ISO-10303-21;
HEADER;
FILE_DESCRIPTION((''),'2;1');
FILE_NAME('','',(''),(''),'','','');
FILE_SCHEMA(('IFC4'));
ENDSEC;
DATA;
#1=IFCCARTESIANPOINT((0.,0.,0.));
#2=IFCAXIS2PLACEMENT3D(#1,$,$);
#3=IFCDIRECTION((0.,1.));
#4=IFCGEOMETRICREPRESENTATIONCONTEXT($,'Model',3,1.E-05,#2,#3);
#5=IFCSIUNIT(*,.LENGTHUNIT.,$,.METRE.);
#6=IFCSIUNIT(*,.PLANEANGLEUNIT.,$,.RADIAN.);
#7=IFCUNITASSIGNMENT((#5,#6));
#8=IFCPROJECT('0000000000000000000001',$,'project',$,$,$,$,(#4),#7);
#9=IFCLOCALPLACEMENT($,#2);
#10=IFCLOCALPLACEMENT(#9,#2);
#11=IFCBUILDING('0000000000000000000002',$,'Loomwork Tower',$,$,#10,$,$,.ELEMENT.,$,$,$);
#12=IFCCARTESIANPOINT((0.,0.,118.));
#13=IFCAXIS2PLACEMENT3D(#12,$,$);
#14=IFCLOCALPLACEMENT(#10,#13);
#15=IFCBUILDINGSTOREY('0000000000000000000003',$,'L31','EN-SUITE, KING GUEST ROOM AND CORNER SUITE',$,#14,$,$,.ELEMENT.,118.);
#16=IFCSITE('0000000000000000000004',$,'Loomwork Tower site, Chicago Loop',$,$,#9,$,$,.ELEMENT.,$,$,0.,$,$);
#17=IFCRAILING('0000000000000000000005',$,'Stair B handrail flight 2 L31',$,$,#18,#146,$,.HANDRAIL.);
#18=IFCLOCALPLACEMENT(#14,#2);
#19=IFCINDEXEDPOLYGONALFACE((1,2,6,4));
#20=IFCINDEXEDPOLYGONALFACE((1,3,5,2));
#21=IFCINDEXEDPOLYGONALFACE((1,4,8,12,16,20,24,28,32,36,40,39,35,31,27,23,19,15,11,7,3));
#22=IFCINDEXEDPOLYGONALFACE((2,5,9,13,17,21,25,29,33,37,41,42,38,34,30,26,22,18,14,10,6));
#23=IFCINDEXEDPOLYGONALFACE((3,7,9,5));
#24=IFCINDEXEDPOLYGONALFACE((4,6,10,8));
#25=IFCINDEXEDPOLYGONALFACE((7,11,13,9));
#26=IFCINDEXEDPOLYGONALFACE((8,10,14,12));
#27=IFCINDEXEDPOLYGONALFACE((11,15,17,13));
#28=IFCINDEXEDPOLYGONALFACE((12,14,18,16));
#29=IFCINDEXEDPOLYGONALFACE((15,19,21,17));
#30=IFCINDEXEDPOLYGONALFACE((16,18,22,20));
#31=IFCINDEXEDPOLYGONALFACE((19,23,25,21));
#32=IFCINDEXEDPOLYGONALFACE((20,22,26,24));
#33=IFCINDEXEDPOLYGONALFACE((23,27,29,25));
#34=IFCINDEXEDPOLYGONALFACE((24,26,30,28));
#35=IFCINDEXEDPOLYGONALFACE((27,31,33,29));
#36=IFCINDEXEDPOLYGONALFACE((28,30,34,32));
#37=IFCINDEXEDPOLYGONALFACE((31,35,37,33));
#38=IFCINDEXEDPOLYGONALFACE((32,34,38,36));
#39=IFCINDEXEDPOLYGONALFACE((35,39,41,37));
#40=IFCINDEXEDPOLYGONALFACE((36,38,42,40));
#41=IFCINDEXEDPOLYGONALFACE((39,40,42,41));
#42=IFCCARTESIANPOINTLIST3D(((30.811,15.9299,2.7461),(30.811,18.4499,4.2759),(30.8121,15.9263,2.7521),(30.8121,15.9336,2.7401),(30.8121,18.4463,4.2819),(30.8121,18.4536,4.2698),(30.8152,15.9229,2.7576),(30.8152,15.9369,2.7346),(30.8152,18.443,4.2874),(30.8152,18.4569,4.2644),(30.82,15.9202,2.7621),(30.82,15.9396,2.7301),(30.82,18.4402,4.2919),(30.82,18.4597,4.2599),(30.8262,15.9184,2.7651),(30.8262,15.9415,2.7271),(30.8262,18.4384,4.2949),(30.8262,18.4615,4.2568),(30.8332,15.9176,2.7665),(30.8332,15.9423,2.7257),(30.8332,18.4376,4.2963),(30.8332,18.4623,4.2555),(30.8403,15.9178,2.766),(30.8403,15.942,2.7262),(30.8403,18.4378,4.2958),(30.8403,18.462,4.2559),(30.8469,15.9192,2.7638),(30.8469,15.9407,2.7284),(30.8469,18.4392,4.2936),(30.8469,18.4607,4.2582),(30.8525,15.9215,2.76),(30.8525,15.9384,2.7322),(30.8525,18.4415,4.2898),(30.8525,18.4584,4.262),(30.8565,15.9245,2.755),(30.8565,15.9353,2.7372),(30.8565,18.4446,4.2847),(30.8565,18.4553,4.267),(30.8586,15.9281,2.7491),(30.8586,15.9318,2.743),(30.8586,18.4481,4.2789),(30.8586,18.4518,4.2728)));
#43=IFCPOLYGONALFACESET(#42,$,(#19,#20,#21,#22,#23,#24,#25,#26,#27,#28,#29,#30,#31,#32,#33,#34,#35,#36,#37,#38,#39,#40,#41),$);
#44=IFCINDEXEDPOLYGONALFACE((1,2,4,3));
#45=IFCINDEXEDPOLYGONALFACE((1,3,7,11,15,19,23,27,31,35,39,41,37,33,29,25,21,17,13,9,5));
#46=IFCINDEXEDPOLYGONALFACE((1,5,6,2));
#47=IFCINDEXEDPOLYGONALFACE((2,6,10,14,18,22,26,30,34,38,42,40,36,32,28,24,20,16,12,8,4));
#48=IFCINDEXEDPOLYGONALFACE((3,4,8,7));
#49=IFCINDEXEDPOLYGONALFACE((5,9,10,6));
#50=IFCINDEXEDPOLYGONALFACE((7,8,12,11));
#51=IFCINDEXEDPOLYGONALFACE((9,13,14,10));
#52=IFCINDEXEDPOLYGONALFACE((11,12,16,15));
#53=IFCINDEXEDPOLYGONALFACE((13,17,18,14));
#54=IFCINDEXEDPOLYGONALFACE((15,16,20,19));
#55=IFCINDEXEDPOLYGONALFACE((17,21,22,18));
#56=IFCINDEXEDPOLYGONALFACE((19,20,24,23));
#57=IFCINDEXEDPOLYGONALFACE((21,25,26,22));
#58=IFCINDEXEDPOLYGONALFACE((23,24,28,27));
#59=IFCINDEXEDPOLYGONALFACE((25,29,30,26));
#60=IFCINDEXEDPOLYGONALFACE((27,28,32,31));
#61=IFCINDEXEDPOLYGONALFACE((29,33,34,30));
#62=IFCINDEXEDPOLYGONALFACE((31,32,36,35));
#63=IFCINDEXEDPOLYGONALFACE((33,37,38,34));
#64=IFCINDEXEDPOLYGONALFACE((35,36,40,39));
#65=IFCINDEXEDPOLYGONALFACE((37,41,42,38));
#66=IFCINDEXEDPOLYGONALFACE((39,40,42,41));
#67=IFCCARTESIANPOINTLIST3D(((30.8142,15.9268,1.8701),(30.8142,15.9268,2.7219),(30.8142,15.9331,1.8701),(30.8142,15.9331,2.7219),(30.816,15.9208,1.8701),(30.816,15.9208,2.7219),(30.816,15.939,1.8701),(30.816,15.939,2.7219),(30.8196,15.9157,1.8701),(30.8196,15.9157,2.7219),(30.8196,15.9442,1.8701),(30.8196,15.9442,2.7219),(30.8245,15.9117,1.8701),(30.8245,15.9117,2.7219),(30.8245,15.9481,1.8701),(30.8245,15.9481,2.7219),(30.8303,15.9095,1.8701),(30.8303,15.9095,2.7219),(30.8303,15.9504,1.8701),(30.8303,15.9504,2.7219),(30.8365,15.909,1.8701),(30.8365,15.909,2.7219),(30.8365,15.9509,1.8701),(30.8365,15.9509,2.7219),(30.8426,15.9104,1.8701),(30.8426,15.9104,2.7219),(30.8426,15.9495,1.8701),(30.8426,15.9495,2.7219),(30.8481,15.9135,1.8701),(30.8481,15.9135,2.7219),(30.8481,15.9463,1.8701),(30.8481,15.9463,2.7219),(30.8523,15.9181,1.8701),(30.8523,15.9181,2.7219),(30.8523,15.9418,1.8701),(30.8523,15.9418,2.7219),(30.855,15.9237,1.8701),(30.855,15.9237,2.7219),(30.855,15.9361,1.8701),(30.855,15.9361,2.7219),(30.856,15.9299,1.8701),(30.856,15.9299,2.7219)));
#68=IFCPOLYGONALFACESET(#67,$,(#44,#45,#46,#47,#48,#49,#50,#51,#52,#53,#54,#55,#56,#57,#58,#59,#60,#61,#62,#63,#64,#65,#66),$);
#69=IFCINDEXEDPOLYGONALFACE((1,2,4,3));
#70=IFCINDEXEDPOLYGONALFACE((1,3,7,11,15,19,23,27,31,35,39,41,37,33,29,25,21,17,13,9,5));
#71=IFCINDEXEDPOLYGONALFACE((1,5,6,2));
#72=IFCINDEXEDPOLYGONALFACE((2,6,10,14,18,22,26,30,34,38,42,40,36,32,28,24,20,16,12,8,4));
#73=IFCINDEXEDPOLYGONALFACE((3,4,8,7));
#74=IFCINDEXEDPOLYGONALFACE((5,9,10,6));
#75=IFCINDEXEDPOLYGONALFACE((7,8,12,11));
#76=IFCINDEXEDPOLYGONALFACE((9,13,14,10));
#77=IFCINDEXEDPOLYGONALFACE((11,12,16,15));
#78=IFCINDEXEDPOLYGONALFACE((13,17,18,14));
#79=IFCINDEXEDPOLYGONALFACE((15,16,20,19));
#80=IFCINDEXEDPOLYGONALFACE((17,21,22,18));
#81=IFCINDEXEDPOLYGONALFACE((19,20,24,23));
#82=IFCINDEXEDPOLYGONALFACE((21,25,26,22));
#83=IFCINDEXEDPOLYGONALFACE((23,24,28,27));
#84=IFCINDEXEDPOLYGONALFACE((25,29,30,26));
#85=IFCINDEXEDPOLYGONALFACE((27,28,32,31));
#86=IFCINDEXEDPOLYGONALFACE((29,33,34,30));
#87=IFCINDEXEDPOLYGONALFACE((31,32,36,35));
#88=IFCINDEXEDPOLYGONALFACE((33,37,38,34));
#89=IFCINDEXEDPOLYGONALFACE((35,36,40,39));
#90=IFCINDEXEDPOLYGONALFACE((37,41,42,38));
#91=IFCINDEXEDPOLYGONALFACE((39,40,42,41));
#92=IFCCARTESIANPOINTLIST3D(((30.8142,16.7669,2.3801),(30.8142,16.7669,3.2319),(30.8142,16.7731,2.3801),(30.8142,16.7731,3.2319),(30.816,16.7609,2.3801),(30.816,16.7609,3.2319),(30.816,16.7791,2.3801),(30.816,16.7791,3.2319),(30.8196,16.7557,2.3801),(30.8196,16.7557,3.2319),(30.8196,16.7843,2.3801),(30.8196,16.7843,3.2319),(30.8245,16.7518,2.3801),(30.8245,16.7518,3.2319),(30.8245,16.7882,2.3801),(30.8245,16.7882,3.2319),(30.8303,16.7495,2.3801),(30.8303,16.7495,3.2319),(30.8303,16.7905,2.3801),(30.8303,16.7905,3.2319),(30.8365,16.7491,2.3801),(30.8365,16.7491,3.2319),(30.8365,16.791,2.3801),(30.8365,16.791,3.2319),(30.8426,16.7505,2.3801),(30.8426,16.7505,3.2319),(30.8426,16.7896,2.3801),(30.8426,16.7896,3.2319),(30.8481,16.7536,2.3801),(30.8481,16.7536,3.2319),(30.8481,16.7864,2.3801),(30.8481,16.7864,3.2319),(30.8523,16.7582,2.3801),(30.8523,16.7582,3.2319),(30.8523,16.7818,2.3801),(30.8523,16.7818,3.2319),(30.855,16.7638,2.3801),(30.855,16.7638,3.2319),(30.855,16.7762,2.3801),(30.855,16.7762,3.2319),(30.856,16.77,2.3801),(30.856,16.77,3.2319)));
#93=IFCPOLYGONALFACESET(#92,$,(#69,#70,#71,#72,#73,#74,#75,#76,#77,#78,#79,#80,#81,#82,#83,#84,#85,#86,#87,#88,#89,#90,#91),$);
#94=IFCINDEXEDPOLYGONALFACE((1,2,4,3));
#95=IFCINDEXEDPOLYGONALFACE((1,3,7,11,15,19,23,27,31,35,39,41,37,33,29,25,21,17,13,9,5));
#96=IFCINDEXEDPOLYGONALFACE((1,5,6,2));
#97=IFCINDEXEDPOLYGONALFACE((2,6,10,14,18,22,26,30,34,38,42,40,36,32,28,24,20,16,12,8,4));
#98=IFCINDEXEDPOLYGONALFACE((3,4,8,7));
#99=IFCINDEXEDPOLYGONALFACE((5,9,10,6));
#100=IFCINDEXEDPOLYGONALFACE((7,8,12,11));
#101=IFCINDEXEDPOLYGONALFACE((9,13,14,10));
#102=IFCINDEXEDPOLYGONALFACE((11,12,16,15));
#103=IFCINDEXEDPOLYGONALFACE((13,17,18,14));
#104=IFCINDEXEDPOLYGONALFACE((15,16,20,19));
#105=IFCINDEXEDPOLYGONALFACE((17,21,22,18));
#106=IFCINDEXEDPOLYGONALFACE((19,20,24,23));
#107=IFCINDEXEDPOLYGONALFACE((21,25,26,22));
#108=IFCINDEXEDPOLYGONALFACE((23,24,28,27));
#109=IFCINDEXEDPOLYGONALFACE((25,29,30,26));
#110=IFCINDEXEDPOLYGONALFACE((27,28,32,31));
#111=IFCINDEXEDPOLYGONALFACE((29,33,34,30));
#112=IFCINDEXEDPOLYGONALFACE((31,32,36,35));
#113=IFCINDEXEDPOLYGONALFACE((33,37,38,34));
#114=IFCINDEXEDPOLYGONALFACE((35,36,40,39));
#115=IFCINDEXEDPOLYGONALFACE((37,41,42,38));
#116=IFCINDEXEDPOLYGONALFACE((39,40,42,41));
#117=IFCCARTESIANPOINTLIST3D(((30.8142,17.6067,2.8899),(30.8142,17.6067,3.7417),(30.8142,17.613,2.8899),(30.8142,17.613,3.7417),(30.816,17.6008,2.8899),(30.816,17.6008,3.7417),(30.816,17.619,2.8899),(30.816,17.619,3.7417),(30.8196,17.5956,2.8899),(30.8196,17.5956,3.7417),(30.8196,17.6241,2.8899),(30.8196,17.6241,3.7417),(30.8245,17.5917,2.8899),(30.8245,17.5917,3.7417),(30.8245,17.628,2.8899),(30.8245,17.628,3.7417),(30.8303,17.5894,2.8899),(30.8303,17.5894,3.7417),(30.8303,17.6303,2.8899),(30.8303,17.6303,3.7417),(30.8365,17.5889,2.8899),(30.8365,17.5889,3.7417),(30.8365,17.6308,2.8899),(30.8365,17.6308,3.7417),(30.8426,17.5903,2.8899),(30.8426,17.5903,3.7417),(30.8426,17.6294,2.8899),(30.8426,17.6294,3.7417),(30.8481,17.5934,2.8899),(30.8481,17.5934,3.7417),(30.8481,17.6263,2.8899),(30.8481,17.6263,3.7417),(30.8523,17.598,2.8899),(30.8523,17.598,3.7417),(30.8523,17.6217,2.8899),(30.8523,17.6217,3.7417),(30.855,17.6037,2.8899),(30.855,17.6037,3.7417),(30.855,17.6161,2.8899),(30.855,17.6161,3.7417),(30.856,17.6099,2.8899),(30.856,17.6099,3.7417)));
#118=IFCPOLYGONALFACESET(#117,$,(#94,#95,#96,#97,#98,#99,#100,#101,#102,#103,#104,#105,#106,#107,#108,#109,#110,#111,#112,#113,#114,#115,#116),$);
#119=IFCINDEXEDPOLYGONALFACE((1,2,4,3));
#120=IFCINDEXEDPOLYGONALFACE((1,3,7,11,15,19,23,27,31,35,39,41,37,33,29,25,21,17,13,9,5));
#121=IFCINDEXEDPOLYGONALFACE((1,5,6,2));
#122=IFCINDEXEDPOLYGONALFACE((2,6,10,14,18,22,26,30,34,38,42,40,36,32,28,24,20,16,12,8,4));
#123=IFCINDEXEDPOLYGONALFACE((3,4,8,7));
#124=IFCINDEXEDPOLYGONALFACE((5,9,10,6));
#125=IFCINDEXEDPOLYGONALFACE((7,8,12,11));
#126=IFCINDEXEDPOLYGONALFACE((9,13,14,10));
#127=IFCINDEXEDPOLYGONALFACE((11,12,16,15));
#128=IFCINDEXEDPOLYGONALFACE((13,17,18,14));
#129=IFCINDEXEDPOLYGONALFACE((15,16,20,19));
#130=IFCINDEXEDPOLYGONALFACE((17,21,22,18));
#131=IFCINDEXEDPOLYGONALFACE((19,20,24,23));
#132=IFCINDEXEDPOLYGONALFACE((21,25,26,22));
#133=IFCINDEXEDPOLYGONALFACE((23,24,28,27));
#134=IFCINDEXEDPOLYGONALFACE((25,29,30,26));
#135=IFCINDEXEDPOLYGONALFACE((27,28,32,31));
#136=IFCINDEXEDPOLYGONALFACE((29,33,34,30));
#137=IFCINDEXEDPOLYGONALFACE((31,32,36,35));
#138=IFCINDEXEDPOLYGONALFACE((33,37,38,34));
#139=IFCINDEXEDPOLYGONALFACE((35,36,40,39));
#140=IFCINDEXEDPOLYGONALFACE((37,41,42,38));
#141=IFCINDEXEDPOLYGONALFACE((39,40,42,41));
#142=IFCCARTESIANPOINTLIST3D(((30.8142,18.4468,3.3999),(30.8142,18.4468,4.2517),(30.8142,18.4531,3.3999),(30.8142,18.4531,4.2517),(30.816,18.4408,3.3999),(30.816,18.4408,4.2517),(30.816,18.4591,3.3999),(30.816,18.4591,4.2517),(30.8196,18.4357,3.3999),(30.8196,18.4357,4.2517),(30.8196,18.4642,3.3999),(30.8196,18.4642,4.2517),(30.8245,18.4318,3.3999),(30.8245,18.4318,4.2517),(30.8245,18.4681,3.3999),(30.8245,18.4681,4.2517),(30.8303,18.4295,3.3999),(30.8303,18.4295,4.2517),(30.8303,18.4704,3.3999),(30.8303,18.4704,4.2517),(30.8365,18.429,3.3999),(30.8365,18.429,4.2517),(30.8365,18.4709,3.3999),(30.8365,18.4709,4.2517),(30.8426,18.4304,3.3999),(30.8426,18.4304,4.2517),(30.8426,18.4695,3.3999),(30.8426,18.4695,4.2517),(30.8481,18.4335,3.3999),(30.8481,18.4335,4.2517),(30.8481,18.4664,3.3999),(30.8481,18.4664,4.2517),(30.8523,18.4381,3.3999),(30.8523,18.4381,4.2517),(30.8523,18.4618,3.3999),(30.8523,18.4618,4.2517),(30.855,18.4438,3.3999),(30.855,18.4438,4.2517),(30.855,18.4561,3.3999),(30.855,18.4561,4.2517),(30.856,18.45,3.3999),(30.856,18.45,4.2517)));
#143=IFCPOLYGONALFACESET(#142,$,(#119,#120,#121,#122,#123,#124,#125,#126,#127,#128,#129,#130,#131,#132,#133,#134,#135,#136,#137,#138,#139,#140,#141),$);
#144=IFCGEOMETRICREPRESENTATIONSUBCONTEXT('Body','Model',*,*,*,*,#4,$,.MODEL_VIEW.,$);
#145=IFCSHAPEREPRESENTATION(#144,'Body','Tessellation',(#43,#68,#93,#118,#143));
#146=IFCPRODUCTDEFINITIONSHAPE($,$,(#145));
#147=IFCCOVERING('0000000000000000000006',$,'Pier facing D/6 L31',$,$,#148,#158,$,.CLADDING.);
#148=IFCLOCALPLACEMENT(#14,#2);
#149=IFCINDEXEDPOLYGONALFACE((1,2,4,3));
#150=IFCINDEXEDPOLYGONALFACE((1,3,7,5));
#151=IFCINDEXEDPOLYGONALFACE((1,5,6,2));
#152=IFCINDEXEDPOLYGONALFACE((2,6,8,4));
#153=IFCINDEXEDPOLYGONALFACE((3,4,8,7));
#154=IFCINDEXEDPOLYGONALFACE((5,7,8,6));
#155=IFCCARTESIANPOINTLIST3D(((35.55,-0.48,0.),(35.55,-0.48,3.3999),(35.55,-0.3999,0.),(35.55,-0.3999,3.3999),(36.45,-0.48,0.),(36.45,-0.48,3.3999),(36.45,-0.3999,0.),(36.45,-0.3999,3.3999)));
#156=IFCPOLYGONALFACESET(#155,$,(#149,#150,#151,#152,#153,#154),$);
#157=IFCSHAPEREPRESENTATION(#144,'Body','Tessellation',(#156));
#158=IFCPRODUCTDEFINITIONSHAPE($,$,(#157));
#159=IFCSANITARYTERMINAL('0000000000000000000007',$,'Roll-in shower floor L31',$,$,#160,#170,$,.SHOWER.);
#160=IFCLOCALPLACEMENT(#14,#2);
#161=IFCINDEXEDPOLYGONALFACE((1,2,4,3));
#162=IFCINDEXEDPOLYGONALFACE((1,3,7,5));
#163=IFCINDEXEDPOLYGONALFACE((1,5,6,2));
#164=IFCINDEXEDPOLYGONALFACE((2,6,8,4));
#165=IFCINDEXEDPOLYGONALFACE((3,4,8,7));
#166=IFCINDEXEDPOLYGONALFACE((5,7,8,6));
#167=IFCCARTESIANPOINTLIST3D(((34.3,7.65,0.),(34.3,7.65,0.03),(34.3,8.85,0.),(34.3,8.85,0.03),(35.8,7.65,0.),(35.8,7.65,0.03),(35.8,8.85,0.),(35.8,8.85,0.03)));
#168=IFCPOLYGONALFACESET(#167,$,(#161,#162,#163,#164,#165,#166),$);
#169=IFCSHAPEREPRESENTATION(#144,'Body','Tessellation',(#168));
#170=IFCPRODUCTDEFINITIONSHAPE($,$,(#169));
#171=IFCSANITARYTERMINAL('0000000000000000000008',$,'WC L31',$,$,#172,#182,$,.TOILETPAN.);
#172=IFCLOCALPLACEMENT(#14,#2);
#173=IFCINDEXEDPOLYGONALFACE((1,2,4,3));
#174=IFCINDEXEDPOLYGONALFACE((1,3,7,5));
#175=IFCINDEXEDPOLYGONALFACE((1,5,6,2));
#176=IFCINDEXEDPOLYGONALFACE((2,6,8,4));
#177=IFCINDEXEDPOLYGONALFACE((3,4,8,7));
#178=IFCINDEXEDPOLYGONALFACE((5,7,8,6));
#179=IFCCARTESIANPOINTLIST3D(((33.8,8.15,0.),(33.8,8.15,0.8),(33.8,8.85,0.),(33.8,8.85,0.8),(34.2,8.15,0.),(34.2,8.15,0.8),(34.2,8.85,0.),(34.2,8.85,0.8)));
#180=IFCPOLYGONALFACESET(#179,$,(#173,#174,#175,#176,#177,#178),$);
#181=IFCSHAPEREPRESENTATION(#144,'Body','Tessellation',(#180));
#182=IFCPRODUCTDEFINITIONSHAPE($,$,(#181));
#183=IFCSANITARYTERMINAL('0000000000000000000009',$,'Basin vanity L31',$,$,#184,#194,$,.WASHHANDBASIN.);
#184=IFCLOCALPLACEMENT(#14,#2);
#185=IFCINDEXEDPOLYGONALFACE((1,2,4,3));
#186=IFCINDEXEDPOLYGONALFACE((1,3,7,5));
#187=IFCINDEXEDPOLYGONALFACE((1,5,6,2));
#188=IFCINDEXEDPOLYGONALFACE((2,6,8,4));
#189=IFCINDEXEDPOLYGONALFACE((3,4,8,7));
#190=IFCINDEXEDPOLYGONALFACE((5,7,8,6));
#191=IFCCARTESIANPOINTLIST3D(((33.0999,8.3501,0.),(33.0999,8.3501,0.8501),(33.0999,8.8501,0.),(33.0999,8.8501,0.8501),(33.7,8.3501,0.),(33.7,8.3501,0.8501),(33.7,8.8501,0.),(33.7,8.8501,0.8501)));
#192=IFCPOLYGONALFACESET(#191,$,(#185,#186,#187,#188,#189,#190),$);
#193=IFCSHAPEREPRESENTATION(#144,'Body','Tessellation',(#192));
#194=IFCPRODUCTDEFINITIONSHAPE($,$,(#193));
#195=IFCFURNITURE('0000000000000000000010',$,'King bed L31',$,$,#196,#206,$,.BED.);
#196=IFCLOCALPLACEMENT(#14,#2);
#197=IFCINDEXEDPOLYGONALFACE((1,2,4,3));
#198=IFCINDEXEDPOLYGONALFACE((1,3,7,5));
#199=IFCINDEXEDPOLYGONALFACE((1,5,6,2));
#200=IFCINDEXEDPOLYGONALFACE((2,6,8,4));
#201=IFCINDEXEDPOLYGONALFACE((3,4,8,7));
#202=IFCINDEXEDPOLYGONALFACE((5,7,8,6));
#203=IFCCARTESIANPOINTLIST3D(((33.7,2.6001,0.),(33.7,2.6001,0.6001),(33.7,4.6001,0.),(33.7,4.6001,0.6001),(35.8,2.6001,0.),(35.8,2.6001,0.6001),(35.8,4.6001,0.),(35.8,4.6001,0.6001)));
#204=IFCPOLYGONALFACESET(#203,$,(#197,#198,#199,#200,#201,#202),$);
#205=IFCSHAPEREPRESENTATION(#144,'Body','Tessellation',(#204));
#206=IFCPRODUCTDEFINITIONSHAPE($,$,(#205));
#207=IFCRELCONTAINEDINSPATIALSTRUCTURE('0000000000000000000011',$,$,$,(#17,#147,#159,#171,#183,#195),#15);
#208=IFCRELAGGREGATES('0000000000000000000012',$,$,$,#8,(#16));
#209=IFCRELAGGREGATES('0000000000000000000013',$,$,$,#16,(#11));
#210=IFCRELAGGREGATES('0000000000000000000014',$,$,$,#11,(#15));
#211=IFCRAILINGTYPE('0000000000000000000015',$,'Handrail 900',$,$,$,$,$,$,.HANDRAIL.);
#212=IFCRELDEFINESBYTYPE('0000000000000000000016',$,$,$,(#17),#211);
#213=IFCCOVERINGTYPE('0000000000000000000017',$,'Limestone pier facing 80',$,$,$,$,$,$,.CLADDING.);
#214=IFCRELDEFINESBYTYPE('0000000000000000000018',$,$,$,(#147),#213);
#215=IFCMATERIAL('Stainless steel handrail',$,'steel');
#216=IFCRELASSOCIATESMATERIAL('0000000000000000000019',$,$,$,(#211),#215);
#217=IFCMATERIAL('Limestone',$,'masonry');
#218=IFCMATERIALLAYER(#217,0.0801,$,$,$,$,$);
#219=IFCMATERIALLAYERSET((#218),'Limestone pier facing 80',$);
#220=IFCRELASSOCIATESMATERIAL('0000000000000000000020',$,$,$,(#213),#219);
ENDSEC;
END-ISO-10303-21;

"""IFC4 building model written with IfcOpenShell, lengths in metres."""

from ifc_helpers import new_model, si_unit, direction, frame, origin, origin_2d, place, context, subcontext, project, spatial, rectangle, circle, extrude, material, layer, layer_set, type_object, element, save


model = new_model("IFC4")

# Units and contexts
model_context = context("Model", 3, precision=1e-05, world=origin(), true_north=direction((0.0, 1.0)))
body_context = subcontext(model_context, "Body", "Model", "MODEL_VIEW")
ifc_project = project(units=[si_unit("LENGTHUNIT", "METRE"), si_unit("PLANEANGLEUNIT", "RADIAN")], contexts=[model_context])

# Site, building, storey
site_placement = place(None, origin())
site = spatial("IfcSite", under=ifc_project, at=site_placement, Name="Loomwork Tower site, Chicago Loop", CompositionType="ELEMENT", RefElevation=0.0)
building_placement = place(site_placement, origin())
building = spatial("IfcBuilding", under=site, at=building_placement, Name="Loomwork Tower", CompositionType="ELEMENT")
storey_placement = place(building_placement, frame((0.0, 0.0, 118.0)))
storey = spatial("IfcBuildingStorey", under=building, at=storey_placement, Name="L31", Description="EN-SUITE, KING GUEST ROOM AND CORNER SUITE", CompositionType="ELEMENT", Elevation=118.0)

# Railing
ifc_material_1 = material(Name="Stainless steel handrail", Category="steel")
railing_type = type_object("IfcRailingType", Name="Handrail 900", PredefinedType="HANDRAIL", material=ifc_material_1)
railing_placement = place(storey_placement, frame((30.835, 15.9299, 1.8701)))
element("IfcRailing", 1, at=railing_placement, inside=storey, type_object=railing_type, Name="Stair B handrail flight 2 L31", PredefinedType="HANDRAIL", context=body_context, shape_type="SweptSolid", body=[
    extrude(circle(Radius=0.0239, at=origin_2d()), frame((0.0, 0.0, 0.876), z_axis=(0.0, 0.854822, 0.518922), x_axis=(-1.0, 0.0, 0.0)), (0.0, 0.0, 1.0), 2.948),
    extrude(circle(Radius=0.021, at=origin_2d()), origin(), (0.0, 0.0, 1.0), 0.8518),
    extrude(circle(Radius=0.021, at=origin_2d()), frame((0.0, 0.8401, 0.51)), (0.0, 0.0, 1.0), 0.8518),
    extrude(circle(Radius=0.021, at=origin_2d()), frame((0.0, 1.6799, 1.0198)), (0.0, 0.0, 1.0), 0.8518),
    extrude(circle(Radius=0.021, at=origin_2d()), frame((0.0, 2.52, 1.5298)), (0.0, 0.0, 1.0), 0.8518),
])

# Covering
ifc_material_2 = material(Name="Limestone", Category="masonry")
ifc_layer_1 = layer(ifc_material_2, 0.0801)
ifc_layer_set_1 = layer_set([ifc_layer_1], Name="Limestone pier facing 80")
covering_type = type_object("IfcCoveringType", Name="Limestone pier facing 80", PredefinedType="CLADDING", material=ifc_layer_set_1)
covering_placement = place(storey_placement, frame((36.0, -0.4399, 0.0), z_axis=(0.0, 0.0, 1.0), x_axis=(1.0, 0.0, 0.0)))
element("IfcCovering", 2, at=covering_placement, inside=storey, type_object=covering_type, Name="Pier facing D/6 L31", PredefinedType="CLADDING", context=body_context, shape_type="SweptSolid", body=[
    extrude(rectangle(XDim=0.8999, YDim=0.0801, at=origin_2d()), origin(), (0.0, 0.0, 1.0), 3.3999),
])

# Sanitary terminals
sanitary_terminal_1_placement = place(storey_placement, frame((35.05, 8.25, 0.0), z_axis=(0.0, 0.0, 1.0), x_axis=(1.0, 0.0, 0.0)))
element("IfcSanitaryTerminal", 3, at=sanitary_terminal_1_placement, inside=storey, Name="Roll-in shower floor L31", PredefinedType="SHOWER", context=body_context, shape_type="SweptSolid", body=[
    extrude(rectangle(XDim=1.5, YDim=1.2, at=origin_2d()), origin(), (0.0, 0.0, 1.0), 0.03),
])
sanitary_terminal_2_placement = place(storey_placement, frame((34.0, 8.5, 0.0), z_axis=(0.0, 0.0, 1.0), x_axis=(1.0, 0.0, 0.0)))
element("IfcSanitaryTerminal", 4, at=sanitary_terminal_2_placement, inside=storey, Name="WC L31", PredefinedType="TOILETPAN", context=body_context, shape_type="SweptSolid", body=[
    extrude(rectangle(XDim=0.3999, YDim=0.7, at=origin_2d()), origin(), (0.0, 0.0, 1.0), 0.8),
])
sanitary_terminal_3_placement = place(storey_placement, frame((33.3999, 8.6001, 0.0), z_axis=(0.0, 0.0, 1.0), x_axis=(1.0, 0.0, 0.0)))
element("IfcSanitaryTerminal", 5, at=sanitary_terminal_3_placement, inside=storey, Name="Basin vanity L31", PredefinedType="WASHHANDBASIN", context=body_context, shape_type="SweptSolid", body=[
    extrude(rectangle(XDim=0.6001, YDim=0.5, at=origin_2d()), origin(), (0.0, 0.0, 1.0), 0.8501),
])

# Furniture
furniture_1_placement = place(storey_placement, frame((34.75, 3.6001, 0.0), z_axis=(0.0, 0.0, 1.0), x_axis=(1.0, 0.0, 0.0)))
element("IfcFurniture", 6, at=furniture_1_placement, inside=storey, Name="King bed L31", PredefinedType="BED", context=body_context, shape_type="SweptSolid", body=[
    extrude(rectangle(XDim=2.1001, YDim=2.0, at=origin_2d()), origin(), (0.0, 0.0, 1.0), 0.6001),
])

save(model, "model.ifc")
